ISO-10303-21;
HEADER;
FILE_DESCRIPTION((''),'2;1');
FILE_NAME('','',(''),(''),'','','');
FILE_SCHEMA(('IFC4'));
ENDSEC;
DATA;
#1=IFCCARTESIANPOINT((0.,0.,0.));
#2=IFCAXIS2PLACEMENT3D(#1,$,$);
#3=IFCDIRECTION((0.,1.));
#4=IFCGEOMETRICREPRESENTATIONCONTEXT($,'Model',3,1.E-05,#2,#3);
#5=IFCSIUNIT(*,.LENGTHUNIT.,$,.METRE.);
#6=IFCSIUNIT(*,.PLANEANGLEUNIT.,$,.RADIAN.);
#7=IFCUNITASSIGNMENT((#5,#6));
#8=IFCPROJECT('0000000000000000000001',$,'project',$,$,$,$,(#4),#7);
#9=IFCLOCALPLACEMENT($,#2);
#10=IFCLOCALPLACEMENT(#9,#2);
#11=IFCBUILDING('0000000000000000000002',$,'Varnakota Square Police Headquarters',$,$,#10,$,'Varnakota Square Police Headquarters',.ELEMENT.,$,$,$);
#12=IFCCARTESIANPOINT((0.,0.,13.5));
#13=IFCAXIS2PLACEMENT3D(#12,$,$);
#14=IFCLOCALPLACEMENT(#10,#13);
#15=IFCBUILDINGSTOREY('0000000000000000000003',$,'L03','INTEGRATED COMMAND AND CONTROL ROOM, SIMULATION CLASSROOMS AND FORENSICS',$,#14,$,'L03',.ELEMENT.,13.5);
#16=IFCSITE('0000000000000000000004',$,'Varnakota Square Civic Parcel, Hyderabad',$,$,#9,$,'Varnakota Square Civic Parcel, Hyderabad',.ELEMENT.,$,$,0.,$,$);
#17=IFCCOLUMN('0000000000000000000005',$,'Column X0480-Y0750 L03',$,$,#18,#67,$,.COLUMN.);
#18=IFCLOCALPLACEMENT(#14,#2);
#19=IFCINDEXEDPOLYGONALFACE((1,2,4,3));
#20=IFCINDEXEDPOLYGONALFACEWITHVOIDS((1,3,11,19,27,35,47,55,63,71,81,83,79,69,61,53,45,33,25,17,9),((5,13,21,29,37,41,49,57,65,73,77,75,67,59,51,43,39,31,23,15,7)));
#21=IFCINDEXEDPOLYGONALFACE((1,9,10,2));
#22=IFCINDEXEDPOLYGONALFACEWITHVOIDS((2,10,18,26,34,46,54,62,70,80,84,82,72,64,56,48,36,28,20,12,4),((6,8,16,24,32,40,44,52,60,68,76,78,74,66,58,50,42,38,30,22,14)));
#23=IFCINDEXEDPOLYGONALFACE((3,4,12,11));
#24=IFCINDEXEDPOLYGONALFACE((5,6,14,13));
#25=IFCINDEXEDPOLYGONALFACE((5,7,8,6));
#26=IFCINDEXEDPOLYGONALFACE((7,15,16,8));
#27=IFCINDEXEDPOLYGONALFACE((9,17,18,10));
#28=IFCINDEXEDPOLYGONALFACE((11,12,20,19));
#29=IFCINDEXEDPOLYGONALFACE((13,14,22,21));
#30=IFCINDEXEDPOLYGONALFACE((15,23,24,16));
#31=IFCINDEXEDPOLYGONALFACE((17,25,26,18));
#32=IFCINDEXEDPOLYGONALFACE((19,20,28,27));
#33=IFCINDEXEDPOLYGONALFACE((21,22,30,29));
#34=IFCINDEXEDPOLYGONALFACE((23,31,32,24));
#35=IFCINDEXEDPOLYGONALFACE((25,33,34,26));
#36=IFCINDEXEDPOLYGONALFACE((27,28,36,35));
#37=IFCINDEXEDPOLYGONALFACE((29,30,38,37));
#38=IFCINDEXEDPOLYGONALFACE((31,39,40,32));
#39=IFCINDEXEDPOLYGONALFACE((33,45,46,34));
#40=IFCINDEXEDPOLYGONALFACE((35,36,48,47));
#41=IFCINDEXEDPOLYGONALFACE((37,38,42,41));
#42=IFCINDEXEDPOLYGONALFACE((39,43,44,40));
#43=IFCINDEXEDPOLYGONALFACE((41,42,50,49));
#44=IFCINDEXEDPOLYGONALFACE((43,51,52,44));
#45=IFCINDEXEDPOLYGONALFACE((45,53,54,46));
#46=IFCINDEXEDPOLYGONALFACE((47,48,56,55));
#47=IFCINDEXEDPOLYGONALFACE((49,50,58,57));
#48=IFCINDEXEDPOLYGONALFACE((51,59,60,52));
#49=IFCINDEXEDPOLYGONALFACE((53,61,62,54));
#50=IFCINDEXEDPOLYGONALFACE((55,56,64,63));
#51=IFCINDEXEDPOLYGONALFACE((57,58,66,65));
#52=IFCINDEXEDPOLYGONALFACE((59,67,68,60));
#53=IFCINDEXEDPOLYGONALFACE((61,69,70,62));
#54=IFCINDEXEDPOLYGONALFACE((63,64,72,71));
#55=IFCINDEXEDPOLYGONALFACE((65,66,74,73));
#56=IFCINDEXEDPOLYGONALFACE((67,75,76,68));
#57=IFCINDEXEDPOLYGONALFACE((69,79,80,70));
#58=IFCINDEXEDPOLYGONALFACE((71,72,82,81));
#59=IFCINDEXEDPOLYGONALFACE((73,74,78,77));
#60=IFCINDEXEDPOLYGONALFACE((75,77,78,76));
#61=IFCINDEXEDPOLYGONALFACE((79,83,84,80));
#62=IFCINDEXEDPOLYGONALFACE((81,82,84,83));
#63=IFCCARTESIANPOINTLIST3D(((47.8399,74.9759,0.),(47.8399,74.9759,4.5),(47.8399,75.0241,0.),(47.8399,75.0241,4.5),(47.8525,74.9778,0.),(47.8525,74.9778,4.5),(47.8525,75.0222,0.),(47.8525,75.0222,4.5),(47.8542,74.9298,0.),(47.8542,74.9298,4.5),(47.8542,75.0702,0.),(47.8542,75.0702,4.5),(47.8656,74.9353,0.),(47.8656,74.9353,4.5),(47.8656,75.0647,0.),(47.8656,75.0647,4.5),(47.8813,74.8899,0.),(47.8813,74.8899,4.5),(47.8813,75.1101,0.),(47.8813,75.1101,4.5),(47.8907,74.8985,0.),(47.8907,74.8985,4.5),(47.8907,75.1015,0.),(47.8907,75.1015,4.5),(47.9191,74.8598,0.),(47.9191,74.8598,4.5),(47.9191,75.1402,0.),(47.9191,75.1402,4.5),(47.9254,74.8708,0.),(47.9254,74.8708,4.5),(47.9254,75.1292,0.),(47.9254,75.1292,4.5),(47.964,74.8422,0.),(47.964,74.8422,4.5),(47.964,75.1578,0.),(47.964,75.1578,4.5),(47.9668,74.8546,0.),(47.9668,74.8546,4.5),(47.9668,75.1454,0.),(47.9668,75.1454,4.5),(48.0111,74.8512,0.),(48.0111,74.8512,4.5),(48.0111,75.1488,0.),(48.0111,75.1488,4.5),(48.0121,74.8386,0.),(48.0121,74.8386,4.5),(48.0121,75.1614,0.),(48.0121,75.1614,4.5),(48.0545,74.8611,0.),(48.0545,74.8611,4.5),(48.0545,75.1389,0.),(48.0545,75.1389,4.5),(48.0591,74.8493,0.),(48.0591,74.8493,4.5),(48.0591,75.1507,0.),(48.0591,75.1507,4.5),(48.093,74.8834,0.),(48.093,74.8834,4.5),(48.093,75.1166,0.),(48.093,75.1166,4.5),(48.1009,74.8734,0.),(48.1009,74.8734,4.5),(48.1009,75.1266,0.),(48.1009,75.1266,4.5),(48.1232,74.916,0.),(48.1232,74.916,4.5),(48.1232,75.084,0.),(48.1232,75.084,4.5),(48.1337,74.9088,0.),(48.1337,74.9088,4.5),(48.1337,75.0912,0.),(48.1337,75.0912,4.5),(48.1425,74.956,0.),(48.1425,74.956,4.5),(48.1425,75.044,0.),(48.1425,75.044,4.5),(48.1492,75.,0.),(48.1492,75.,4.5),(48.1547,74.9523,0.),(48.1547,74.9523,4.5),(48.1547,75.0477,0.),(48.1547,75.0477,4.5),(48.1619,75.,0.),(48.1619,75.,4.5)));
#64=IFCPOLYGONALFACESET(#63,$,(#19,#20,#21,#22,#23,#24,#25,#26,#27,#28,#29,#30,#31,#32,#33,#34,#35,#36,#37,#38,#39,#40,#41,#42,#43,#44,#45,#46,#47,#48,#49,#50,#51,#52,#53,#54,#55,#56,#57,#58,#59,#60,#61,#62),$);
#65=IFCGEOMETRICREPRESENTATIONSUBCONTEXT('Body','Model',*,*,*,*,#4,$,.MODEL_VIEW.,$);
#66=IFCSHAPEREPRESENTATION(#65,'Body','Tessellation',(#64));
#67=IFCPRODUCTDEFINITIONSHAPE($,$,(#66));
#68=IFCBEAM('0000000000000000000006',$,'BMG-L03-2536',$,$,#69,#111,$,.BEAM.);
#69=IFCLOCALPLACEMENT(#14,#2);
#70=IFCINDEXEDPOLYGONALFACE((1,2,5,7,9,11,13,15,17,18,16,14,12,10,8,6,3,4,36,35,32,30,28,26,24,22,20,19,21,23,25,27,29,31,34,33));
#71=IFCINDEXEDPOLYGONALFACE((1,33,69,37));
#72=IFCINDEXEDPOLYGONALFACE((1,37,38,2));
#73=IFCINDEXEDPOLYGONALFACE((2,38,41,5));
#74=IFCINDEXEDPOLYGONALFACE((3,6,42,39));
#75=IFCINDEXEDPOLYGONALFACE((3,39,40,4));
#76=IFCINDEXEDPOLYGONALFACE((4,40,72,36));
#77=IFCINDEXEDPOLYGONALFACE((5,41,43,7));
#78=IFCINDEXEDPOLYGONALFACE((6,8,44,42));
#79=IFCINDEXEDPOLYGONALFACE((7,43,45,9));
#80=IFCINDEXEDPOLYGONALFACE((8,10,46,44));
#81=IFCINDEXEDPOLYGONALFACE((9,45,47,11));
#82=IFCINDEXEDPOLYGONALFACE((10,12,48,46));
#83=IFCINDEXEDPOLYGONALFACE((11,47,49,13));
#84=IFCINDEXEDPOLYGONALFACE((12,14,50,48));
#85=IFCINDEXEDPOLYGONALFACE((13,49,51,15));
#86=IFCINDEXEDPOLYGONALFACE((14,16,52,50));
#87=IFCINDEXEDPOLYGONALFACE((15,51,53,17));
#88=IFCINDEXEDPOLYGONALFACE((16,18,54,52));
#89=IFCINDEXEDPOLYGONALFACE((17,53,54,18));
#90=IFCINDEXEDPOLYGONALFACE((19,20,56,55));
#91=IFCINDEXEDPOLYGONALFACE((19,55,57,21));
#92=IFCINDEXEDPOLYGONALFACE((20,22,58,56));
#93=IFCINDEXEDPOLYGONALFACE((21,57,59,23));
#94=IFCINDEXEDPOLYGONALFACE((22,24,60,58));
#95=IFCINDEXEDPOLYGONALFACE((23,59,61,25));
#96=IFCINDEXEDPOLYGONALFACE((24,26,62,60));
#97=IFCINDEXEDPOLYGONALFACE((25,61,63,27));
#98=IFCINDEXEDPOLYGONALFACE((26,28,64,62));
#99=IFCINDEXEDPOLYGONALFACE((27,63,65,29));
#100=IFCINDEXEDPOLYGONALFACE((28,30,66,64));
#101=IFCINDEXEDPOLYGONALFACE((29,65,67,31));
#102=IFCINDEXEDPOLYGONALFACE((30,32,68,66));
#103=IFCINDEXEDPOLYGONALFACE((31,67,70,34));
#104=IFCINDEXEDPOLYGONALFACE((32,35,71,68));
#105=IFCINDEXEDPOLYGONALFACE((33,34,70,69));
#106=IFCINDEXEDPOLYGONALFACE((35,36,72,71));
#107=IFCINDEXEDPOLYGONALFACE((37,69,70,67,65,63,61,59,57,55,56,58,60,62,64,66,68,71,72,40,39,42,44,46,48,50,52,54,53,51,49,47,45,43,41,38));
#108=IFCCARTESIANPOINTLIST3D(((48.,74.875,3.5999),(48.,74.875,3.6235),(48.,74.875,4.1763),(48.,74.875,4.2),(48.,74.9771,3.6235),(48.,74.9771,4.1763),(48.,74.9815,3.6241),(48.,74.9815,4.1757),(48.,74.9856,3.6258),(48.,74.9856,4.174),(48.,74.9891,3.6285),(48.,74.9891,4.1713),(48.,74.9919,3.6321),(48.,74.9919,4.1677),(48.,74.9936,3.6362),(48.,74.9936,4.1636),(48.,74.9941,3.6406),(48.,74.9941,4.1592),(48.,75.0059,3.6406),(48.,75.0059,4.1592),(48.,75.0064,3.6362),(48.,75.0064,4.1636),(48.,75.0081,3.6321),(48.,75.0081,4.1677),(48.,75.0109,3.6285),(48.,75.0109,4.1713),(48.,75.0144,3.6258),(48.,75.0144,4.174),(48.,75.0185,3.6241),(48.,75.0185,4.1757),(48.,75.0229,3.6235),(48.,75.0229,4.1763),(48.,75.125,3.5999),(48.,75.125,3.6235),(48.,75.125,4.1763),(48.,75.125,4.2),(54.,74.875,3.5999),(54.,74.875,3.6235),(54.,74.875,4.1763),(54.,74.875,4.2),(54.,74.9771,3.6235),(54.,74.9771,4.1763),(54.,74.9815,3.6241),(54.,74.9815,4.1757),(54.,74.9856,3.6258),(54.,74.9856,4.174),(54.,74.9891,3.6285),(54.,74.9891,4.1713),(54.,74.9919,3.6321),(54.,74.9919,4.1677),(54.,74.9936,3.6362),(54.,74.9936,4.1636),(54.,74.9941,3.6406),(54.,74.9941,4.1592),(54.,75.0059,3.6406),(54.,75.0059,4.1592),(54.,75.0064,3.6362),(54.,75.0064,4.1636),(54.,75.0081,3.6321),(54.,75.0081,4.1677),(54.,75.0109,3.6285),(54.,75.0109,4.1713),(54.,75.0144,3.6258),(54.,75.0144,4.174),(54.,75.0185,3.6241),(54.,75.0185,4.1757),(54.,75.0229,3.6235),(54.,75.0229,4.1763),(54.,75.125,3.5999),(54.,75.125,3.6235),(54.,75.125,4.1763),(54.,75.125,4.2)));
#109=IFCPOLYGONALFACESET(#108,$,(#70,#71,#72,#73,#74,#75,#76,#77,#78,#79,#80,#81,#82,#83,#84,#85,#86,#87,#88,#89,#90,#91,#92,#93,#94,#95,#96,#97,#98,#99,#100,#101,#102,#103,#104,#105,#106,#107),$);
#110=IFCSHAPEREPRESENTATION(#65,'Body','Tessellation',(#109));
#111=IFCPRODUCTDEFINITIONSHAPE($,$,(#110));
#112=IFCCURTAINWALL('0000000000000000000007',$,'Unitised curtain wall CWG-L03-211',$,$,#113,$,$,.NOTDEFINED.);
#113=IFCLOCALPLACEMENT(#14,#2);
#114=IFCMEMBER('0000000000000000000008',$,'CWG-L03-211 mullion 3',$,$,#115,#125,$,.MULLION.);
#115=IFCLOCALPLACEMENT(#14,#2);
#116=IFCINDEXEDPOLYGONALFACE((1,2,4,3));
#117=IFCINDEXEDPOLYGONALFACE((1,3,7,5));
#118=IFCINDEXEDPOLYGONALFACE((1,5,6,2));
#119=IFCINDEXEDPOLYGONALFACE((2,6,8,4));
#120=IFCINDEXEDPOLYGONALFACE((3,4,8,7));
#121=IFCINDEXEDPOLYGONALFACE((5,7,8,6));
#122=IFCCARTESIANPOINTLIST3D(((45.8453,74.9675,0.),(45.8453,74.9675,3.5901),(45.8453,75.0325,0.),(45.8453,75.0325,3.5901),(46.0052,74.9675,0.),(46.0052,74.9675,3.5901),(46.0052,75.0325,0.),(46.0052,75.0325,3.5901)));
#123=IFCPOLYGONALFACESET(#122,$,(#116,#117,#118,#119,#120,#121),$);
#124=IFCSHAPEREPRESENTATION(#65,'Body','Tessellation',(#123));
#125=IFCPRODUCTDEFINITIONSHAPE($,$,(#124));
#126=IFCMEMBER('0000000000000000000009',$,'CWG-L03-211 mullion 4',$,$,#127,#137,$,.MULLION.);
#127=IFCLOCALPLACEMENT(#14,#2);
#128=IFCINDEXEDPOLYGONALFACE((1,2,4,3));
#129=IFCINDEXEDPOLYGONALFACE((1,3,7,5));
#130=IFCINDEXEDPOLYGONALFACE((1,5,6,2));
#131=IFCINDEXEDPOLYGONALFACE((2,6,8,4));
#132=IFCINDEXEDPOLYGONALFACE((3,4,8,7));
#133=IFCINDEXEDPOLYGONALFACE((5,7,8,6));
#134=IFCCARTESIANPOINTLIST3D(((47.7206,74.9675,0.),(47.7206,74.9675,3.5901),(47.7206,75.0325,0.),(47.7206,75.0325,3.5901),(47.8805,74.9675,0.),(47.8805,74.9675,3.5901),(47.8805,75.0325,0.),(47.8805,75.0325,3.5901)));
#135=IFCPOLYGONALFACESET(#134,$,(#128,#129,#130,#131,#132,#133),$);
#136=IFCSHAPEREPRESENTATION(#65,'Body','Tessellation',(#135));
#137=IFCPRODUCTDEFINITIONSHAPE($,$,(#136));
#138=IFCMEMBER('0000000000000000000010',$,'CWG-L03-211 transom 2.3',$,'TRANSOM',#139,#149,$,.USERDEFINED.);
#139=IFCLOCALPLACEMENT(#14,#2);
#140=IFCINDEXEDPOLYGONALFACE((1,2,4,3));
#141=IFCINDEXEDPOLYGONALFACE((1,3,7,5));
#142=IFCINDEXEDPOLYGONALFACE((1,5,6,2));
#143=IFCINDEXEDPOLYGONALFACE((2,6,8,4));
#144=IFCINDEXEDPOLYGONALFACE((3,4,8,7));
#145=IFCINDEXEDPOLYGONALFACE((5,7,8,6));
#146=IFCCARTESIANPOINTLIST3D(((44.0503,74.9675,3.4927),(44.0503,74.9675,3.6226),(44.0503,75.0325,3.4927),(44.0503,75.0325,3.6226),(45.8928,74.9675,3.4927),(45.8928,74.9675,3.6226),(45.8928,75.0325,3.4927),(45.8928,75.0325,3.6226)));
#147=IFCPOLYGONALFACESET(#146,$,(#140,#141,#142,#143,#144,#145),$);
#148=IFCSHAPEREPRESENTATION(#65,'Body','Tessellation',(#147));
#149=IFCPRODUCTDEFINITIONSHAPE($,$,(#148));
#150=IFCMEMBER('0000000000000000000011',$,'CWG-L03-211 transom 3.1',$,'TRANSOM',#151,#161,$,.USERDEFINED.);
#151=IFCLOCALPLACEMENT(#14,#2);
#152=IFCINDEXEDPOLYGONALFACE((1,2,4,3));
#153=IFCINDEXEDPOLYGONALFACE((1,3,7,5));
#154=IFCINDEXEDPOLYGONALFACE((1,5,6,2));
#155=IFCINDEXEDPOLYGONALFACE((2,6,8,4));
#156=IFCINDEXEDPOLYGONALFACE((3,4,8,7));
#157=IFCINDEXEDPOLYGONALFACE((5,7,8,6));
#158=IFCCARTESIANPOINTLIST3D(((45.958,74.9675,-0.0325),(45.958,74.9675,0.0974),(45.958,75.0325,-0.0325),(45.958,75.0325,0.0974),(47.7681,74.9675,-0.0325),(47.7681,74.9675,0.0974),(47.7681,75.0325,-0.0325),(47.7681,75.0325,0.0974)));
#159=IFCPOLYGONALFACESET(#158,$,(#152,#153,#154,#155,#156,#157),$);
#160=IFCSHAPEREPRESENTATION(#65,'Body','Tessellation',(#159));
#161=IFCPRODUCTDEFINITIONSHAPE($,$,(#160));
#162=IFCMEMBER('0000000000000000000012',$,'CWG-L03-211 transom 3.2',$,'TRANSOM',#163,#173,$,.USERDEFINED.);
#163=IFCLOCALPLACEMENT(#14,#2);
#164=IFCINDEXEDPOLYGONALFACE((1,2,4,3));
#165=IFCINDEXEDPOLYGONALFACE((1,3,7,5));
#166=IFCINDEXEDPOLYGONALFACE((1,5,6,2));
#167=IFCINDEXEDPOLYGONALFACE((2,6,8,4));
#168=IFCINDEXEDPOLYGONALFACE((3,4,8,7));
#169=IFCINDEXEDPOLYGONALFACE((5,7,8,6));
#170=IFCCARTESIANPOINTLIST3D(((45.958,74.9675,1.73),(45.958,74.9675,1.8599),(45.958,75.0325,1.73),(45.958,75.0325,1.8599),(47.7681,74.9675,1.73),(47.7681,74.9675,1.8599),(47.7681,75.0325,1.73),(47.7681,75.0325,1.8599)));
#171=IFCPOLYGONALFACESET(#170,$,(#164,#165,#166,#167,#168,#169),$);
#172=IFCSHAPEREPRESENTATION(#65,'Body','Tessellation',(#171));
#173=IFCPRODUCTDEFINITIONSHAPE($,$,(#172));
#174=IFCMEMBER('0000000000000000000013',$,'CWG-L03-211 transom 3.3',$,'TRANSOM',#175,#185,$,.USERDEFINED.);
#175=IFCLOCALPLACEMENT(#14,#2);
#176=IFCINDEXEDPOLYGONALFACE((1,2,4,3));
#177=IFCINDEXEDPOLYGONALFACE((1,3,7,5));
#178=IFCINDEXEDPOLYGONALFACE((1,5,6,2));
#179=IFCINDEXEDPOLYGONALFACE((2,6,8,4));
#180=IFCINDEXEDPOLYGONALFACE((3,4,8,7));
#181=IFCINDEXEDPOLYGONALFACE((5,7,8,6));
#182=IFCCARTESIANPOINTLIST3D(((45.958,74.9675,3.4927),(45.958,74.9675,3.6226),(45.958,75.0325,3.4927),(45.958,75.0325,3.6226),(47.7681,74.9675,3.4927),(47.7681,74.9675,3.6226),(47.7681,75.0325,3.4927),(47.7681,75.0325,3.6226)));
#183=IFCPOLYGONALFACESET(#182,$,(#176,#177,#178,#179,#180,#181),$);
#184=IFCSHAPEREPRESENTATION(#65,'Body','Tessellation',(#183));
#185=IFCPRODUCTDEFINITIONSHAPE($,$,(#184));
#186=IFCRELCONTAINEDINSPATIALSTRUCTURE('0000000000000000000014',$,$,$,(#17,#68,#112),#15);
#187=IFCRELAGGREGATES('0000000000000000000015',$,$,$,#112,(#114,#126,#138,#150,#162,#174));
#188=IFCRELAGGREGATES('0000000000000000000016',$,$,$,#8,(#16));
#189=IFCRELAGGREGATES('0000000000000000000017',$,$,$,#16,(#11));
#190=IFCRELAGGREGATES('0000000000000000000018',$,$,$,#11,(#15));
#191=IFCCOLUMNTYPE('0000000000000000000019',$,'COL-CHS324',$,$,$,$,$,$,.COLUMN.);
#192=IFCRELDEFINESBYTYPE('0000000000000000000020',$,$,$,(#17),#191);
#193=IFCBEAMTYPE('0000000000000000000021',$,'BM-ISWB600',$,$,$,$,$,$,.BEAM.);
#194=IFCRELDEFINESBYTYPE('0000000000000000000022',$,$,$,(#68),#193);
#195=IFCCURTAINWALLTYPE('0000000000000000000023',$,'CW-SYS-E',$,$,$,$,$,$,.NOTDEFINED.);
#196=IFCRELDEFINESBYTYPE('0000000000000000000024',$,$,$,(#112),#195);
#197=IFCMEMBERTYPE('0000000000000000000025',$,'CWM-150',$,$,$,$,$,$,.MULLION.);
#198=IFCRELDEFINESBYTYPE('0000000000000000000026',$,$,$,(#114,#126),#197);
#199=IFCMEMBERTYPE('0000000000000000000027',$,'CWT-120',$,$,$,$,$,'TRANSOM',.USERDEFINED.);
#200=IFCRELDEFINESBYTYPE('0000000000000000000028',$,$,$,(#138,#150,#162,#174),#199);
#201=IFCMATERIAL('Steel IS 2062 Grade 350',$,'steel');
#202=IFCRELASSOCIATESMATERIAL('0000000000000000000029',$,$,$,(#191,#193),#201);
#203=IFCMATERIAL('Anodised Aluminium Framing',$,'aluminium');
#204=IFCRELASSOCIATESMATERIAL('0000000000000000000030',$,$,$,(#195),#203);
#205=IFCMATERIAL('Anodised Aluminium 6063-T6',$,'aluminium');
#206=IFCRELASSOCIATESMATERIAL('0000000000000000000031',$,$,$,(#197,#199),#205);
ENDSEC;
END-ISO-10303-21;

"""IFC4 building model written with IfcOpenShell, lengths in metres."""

from ifc_helpers import new_model, si_unit, direction, frame, origin, origin_2d, place, context, subcontext, project, spatial, rectangle, hollow_circle, i_section, extrude, material, material_profile, profile_set, type_object, element, aggregate, save


model = new_model("IFC4")

# Units and contexts
model_context = context("Model", 3, precision=1e-05, world=origin(), true_north=direction((0.0, 1.0)))
body_context = subcontext(model_context, "Body", "Model", "MODEL_VIEW")
ifc_project = project(units=[si_unit("LENGTHUNIT", "METRE"), si_unit("PLANEANGLEUNIT", "RADIAN")], contexts=[model_context])

# Site, building, storey
site_placement = place(None, origin())
site = spatial("IfcSite", under=ifc_project, at=site_placement, Name="Varnakota Square Civic Parcel, Hyderabad", LongName="Varnakota Square Civic Parcel, Hyderabad", CompositionType="ELEMENT", RefElevation=0.0)
building_placement = place(site_placement, origin())
building = spatial("IfcBuilding", under=site, at=building_placement, Name="Varnakota Square Police Headquarters", LongName="Varnakota Square Police Headquarters", CompositionType="ELEMENT")
storey_placement = place(building_placement, frame((0.0, 0.0, 13.5)))
storey = spatial("IfcBuildingStorey", under=building, at=storey_placement, Name="L03", Description="INTEGRATED COMMAND AND CONTROL ROOM, SIMULATION CLASSROOMS AND FORENSICS", LongName="L03", CompositionType="ELEMENT", Elevation=13.5)

# Column
ifc_material_1 = material(Name="Steel IS 2062 Grade 350", Category="steel")
ifc_material_profile_1 = material_profile(ifc_material_1, hollow_circle(Radius=0.1619, WallThickness=0.0127, at=origin_2d()), Name="CHS 323.9x12.7")
ifc_profile_set_1 = profile_set([ifc_material_profile_1], Name="Steel IS 2062 Grade 350")
column_type = type_object("IfcColumnType", Name="COL-CHS324", PredefinedType="COLUMN", material=ifc_profile_set_1)
column_placement = place(storey_placement, frame((48.0, 75.0, 0.0), z_axis=(0.0, 0.0, 1.0), x_axis=(1.0, 0.0, 0.0)))
element("IfcColumn", 1, at=column_placement, inside=storey, type_object=column_type, Name="Column X0480-Y0750 L03", PredefinedType="COLUMN", context=body_context, shape_type="SweptSolid", body=[
    extrude(hollow_circle(Radius=0.1619, WallThickness=0.0127, at=origin_2d()), origin(), (0.0, 0.0, 1.0), 4.5),
])

# Beam
ifc_material_profile_2 = material_profile(ifc_material_1, i_section(OverallWidth=0.25, OverallDepth=0.6001, WebThickness=0.0117, FlangeThickness=0.0237, FilletRadius=0.0171, at=origin_2d()), Name="ISWB 600")
ifc_profile_set_2 = profile_set([ifc_material_profile_2], Name="Steel IS 2062 Grade 350")
beam_type = type_object("IfcBeamType", Name="BM-ISWB600", PredefinedType="BEAM", material=ifc_profile_set_2)
beam_placement = place(storey_placement, frame((48.0, 75.0, 3.8999), z_axis=(1.0, 0.0, 0.0), x_axis=(0.0, 1.0, 0.0)))
element("IfcBeam", 2, at=beam_placement, inside=storey, type_object=beam_type, Name="BMG-L03-2536", PredefinedType="BEAM", context=body_context, shape_type="SweptSolid", body=[
    extrude(i_section(OverallWidth=0.25, OverallDepth=0.6001, WebThickness=0.0117, FlangeThickness=0.0237, FilletRadius=0.0171, at=origin_2d()), origin(), (0.0, 0.0, 1.0), 6.0),
])

# Curtain wall, members
ifc_material_2 = material(Name="Anodised Aluminium Framing", Category="aluminium")
curtain_wall_type = type_object("IfcCurtainWallType", Name="CW-SYS-E", PredefinedType="NOTDEFINED", material=ifc_material_2)
curtain_wall_placement = place(storey_placement, origin())
curtain_wall = element("IfcCurtainWall", 3, at=curtain_wall_placement, inside=storey, type_object=curtain_wall_type, Name="Unitised curtain wall CWG-L03-211", PredefinedType="NOTDEFINED")
ifc_material_3 = material(Name="Anodised Aluminium 6063-T6", Category="aluminium")
ifc_material_profile_3 = material_profile(ifc_material_3, rectangle(XDim=0.0649, YDim=0.1599, at=origin_2d()), Name="ALU MULLION 65x160")
ifc_profile_set_3 = profile_set([ifc_material_profile_3], Name="Anodised Aluminium 6063-T6")
member_type_1 = type_object("IfcMemberType", Name="CWM-150", PredefinedType="MULLION", material=ifc_profile_set_3)
member_1_placement = place(storey_placement, frame((45.9253, 75.0, 0.0), z_axis=(0.0, 0.0, 1.0), x_axis=(0.0, 1.0, 0.0)))
member_1 = element("IfcMember", 4, at=member_1_placement, type_object=member_type_1, Name="CWG-L03-211 mullion 3", PredefinedType="MULLION", context=body_context, shape_type="SweptSolid", body=[
    extrude(rectangle(XDim=0.0649, YDim=0.1599, at=origin_2d()), origin(), (0.0, 0.0, 1.0), 3.5901),
])
member_2_placement = place(storey_placement, frame((47.8005, 75.0, 0.0), z_axis=(0.0, 0.0, 1.0), x_axis=(0.0, 1.0, 0.0)))
member_2 = element("IfcMember", 5, at=member_2_placement, type_object=member_type_1, Name="CWG-L03-211 mullion 4", PredefinedType="MULLION", context=body_context, shape_type="SweptSolid", body=[
    extrude(rectangle(XDim=0.0649, YDim=0.1599, at=origin_2d()), origin(), (0.0, 0.0, 1.0), 3.5901),
])
ifc_material_profile_4 = material_profile(ifc_material_3, rectangle(XDim=0.0649, YDim=0.1299, at=origin_2d()), Name="ALU TRANSOM 65x130")
ifc_profile_set_4 = profile_set([ifc_material_profile_4], Name="Anodised Aluminium 6063-T6")
member_type_2 = type_object("IfcMemberType", Name="CWT-120", ElementType="TRANSOM", PredefinedType="USERDEFINED", material=ifc_profile_set_4)
member_3_placement = place(storey_placement, frame((44.0503, 75.0, 3.5576), z_axis=(1.0, 0.0, 0.0), x_axis=(0.0, 1.0, 0.0)))
member_3 = element("IfcMember", 6, at=member_3_placement, type_object=member_type_2, Name="CWG-L03-211 transom 2.3", ObjectType="TRANSOM", PredefinedType="USERDEFINED", context=body_context, shape_type="SweptSolid", body=[
    extrude(rectangle(XDim=0.0649, YDim=0.1299, at=origin_2d()), origin(), (0.0, 0.0, 1.0), 1.8425),
])
member_4_placement = place(storey_placement, frame((45.958, 75.0, 0.0325), z_axis=(1.0, 0.0, 0.0), x_axis=(0.0, 1.0, 0.0)))
member_4 = element("IfcMember", 7, at=member_4_placement, type_object=member_type_2, Name="CWG-L03-211 transom 3.1", ObjectType="TRANSOM", PredefinedType="USERDEFINED", context=body_context, shape_type="SweptSolid", body=[
    extrude(rectangle(XDim=0.0649, YDim=0.1299, at=origin_2d()), origin(), (0.0, 0.0, 1.0), 1.8101),
])
member_5_placement = place(storey_placement, frame((45.958, 75.0, 1.7949), z_axis=(1.0, 0.0, 0.0), x_axis=(0.0, 1.0, 0.0)))
member_5 = element("IfcMember", 8, at=member_5_placement, type_object=member_type_2, Name="CWG-L03-211 transom 3.2", ObjectType="TRANSOM", PredefinedType="USERDEFINED", context=body_context, shape_type="SweptSolid", body=[
    extrude(rectangle(XDim=0.0649, YDim=0.1299, at=origin_2d()), origin(), (0.0, 0.0, 1.0), 1.8101),
])
member_6_placement = place(storey_placement, frame((45.958, 75.0, 3.5576), z_axis=(1.0, 0.0, 0.0), x_axis=(0.0, 1.0, 0.0)))
member_6 = element("IfcMember", 9, at=member_6_placement, type_object=member_type_2, Name="CWG-L03-211 transom 3.3", ObjectType="TRANSOM", PredefinedType="USERDEFINED", context=body_context, shape_type="SweptSolid", body=[
    extrude(rectangle(XDim=0.0649, YDim=0.1299, at=origin_2d()), origin(), (0.0, 0.0, 1.0), 1.8101),
])
aggregate(curtain_wall, [member_1, member_2, member_3, member_4, member_5, member_6])

save(model, "model.ifc")
